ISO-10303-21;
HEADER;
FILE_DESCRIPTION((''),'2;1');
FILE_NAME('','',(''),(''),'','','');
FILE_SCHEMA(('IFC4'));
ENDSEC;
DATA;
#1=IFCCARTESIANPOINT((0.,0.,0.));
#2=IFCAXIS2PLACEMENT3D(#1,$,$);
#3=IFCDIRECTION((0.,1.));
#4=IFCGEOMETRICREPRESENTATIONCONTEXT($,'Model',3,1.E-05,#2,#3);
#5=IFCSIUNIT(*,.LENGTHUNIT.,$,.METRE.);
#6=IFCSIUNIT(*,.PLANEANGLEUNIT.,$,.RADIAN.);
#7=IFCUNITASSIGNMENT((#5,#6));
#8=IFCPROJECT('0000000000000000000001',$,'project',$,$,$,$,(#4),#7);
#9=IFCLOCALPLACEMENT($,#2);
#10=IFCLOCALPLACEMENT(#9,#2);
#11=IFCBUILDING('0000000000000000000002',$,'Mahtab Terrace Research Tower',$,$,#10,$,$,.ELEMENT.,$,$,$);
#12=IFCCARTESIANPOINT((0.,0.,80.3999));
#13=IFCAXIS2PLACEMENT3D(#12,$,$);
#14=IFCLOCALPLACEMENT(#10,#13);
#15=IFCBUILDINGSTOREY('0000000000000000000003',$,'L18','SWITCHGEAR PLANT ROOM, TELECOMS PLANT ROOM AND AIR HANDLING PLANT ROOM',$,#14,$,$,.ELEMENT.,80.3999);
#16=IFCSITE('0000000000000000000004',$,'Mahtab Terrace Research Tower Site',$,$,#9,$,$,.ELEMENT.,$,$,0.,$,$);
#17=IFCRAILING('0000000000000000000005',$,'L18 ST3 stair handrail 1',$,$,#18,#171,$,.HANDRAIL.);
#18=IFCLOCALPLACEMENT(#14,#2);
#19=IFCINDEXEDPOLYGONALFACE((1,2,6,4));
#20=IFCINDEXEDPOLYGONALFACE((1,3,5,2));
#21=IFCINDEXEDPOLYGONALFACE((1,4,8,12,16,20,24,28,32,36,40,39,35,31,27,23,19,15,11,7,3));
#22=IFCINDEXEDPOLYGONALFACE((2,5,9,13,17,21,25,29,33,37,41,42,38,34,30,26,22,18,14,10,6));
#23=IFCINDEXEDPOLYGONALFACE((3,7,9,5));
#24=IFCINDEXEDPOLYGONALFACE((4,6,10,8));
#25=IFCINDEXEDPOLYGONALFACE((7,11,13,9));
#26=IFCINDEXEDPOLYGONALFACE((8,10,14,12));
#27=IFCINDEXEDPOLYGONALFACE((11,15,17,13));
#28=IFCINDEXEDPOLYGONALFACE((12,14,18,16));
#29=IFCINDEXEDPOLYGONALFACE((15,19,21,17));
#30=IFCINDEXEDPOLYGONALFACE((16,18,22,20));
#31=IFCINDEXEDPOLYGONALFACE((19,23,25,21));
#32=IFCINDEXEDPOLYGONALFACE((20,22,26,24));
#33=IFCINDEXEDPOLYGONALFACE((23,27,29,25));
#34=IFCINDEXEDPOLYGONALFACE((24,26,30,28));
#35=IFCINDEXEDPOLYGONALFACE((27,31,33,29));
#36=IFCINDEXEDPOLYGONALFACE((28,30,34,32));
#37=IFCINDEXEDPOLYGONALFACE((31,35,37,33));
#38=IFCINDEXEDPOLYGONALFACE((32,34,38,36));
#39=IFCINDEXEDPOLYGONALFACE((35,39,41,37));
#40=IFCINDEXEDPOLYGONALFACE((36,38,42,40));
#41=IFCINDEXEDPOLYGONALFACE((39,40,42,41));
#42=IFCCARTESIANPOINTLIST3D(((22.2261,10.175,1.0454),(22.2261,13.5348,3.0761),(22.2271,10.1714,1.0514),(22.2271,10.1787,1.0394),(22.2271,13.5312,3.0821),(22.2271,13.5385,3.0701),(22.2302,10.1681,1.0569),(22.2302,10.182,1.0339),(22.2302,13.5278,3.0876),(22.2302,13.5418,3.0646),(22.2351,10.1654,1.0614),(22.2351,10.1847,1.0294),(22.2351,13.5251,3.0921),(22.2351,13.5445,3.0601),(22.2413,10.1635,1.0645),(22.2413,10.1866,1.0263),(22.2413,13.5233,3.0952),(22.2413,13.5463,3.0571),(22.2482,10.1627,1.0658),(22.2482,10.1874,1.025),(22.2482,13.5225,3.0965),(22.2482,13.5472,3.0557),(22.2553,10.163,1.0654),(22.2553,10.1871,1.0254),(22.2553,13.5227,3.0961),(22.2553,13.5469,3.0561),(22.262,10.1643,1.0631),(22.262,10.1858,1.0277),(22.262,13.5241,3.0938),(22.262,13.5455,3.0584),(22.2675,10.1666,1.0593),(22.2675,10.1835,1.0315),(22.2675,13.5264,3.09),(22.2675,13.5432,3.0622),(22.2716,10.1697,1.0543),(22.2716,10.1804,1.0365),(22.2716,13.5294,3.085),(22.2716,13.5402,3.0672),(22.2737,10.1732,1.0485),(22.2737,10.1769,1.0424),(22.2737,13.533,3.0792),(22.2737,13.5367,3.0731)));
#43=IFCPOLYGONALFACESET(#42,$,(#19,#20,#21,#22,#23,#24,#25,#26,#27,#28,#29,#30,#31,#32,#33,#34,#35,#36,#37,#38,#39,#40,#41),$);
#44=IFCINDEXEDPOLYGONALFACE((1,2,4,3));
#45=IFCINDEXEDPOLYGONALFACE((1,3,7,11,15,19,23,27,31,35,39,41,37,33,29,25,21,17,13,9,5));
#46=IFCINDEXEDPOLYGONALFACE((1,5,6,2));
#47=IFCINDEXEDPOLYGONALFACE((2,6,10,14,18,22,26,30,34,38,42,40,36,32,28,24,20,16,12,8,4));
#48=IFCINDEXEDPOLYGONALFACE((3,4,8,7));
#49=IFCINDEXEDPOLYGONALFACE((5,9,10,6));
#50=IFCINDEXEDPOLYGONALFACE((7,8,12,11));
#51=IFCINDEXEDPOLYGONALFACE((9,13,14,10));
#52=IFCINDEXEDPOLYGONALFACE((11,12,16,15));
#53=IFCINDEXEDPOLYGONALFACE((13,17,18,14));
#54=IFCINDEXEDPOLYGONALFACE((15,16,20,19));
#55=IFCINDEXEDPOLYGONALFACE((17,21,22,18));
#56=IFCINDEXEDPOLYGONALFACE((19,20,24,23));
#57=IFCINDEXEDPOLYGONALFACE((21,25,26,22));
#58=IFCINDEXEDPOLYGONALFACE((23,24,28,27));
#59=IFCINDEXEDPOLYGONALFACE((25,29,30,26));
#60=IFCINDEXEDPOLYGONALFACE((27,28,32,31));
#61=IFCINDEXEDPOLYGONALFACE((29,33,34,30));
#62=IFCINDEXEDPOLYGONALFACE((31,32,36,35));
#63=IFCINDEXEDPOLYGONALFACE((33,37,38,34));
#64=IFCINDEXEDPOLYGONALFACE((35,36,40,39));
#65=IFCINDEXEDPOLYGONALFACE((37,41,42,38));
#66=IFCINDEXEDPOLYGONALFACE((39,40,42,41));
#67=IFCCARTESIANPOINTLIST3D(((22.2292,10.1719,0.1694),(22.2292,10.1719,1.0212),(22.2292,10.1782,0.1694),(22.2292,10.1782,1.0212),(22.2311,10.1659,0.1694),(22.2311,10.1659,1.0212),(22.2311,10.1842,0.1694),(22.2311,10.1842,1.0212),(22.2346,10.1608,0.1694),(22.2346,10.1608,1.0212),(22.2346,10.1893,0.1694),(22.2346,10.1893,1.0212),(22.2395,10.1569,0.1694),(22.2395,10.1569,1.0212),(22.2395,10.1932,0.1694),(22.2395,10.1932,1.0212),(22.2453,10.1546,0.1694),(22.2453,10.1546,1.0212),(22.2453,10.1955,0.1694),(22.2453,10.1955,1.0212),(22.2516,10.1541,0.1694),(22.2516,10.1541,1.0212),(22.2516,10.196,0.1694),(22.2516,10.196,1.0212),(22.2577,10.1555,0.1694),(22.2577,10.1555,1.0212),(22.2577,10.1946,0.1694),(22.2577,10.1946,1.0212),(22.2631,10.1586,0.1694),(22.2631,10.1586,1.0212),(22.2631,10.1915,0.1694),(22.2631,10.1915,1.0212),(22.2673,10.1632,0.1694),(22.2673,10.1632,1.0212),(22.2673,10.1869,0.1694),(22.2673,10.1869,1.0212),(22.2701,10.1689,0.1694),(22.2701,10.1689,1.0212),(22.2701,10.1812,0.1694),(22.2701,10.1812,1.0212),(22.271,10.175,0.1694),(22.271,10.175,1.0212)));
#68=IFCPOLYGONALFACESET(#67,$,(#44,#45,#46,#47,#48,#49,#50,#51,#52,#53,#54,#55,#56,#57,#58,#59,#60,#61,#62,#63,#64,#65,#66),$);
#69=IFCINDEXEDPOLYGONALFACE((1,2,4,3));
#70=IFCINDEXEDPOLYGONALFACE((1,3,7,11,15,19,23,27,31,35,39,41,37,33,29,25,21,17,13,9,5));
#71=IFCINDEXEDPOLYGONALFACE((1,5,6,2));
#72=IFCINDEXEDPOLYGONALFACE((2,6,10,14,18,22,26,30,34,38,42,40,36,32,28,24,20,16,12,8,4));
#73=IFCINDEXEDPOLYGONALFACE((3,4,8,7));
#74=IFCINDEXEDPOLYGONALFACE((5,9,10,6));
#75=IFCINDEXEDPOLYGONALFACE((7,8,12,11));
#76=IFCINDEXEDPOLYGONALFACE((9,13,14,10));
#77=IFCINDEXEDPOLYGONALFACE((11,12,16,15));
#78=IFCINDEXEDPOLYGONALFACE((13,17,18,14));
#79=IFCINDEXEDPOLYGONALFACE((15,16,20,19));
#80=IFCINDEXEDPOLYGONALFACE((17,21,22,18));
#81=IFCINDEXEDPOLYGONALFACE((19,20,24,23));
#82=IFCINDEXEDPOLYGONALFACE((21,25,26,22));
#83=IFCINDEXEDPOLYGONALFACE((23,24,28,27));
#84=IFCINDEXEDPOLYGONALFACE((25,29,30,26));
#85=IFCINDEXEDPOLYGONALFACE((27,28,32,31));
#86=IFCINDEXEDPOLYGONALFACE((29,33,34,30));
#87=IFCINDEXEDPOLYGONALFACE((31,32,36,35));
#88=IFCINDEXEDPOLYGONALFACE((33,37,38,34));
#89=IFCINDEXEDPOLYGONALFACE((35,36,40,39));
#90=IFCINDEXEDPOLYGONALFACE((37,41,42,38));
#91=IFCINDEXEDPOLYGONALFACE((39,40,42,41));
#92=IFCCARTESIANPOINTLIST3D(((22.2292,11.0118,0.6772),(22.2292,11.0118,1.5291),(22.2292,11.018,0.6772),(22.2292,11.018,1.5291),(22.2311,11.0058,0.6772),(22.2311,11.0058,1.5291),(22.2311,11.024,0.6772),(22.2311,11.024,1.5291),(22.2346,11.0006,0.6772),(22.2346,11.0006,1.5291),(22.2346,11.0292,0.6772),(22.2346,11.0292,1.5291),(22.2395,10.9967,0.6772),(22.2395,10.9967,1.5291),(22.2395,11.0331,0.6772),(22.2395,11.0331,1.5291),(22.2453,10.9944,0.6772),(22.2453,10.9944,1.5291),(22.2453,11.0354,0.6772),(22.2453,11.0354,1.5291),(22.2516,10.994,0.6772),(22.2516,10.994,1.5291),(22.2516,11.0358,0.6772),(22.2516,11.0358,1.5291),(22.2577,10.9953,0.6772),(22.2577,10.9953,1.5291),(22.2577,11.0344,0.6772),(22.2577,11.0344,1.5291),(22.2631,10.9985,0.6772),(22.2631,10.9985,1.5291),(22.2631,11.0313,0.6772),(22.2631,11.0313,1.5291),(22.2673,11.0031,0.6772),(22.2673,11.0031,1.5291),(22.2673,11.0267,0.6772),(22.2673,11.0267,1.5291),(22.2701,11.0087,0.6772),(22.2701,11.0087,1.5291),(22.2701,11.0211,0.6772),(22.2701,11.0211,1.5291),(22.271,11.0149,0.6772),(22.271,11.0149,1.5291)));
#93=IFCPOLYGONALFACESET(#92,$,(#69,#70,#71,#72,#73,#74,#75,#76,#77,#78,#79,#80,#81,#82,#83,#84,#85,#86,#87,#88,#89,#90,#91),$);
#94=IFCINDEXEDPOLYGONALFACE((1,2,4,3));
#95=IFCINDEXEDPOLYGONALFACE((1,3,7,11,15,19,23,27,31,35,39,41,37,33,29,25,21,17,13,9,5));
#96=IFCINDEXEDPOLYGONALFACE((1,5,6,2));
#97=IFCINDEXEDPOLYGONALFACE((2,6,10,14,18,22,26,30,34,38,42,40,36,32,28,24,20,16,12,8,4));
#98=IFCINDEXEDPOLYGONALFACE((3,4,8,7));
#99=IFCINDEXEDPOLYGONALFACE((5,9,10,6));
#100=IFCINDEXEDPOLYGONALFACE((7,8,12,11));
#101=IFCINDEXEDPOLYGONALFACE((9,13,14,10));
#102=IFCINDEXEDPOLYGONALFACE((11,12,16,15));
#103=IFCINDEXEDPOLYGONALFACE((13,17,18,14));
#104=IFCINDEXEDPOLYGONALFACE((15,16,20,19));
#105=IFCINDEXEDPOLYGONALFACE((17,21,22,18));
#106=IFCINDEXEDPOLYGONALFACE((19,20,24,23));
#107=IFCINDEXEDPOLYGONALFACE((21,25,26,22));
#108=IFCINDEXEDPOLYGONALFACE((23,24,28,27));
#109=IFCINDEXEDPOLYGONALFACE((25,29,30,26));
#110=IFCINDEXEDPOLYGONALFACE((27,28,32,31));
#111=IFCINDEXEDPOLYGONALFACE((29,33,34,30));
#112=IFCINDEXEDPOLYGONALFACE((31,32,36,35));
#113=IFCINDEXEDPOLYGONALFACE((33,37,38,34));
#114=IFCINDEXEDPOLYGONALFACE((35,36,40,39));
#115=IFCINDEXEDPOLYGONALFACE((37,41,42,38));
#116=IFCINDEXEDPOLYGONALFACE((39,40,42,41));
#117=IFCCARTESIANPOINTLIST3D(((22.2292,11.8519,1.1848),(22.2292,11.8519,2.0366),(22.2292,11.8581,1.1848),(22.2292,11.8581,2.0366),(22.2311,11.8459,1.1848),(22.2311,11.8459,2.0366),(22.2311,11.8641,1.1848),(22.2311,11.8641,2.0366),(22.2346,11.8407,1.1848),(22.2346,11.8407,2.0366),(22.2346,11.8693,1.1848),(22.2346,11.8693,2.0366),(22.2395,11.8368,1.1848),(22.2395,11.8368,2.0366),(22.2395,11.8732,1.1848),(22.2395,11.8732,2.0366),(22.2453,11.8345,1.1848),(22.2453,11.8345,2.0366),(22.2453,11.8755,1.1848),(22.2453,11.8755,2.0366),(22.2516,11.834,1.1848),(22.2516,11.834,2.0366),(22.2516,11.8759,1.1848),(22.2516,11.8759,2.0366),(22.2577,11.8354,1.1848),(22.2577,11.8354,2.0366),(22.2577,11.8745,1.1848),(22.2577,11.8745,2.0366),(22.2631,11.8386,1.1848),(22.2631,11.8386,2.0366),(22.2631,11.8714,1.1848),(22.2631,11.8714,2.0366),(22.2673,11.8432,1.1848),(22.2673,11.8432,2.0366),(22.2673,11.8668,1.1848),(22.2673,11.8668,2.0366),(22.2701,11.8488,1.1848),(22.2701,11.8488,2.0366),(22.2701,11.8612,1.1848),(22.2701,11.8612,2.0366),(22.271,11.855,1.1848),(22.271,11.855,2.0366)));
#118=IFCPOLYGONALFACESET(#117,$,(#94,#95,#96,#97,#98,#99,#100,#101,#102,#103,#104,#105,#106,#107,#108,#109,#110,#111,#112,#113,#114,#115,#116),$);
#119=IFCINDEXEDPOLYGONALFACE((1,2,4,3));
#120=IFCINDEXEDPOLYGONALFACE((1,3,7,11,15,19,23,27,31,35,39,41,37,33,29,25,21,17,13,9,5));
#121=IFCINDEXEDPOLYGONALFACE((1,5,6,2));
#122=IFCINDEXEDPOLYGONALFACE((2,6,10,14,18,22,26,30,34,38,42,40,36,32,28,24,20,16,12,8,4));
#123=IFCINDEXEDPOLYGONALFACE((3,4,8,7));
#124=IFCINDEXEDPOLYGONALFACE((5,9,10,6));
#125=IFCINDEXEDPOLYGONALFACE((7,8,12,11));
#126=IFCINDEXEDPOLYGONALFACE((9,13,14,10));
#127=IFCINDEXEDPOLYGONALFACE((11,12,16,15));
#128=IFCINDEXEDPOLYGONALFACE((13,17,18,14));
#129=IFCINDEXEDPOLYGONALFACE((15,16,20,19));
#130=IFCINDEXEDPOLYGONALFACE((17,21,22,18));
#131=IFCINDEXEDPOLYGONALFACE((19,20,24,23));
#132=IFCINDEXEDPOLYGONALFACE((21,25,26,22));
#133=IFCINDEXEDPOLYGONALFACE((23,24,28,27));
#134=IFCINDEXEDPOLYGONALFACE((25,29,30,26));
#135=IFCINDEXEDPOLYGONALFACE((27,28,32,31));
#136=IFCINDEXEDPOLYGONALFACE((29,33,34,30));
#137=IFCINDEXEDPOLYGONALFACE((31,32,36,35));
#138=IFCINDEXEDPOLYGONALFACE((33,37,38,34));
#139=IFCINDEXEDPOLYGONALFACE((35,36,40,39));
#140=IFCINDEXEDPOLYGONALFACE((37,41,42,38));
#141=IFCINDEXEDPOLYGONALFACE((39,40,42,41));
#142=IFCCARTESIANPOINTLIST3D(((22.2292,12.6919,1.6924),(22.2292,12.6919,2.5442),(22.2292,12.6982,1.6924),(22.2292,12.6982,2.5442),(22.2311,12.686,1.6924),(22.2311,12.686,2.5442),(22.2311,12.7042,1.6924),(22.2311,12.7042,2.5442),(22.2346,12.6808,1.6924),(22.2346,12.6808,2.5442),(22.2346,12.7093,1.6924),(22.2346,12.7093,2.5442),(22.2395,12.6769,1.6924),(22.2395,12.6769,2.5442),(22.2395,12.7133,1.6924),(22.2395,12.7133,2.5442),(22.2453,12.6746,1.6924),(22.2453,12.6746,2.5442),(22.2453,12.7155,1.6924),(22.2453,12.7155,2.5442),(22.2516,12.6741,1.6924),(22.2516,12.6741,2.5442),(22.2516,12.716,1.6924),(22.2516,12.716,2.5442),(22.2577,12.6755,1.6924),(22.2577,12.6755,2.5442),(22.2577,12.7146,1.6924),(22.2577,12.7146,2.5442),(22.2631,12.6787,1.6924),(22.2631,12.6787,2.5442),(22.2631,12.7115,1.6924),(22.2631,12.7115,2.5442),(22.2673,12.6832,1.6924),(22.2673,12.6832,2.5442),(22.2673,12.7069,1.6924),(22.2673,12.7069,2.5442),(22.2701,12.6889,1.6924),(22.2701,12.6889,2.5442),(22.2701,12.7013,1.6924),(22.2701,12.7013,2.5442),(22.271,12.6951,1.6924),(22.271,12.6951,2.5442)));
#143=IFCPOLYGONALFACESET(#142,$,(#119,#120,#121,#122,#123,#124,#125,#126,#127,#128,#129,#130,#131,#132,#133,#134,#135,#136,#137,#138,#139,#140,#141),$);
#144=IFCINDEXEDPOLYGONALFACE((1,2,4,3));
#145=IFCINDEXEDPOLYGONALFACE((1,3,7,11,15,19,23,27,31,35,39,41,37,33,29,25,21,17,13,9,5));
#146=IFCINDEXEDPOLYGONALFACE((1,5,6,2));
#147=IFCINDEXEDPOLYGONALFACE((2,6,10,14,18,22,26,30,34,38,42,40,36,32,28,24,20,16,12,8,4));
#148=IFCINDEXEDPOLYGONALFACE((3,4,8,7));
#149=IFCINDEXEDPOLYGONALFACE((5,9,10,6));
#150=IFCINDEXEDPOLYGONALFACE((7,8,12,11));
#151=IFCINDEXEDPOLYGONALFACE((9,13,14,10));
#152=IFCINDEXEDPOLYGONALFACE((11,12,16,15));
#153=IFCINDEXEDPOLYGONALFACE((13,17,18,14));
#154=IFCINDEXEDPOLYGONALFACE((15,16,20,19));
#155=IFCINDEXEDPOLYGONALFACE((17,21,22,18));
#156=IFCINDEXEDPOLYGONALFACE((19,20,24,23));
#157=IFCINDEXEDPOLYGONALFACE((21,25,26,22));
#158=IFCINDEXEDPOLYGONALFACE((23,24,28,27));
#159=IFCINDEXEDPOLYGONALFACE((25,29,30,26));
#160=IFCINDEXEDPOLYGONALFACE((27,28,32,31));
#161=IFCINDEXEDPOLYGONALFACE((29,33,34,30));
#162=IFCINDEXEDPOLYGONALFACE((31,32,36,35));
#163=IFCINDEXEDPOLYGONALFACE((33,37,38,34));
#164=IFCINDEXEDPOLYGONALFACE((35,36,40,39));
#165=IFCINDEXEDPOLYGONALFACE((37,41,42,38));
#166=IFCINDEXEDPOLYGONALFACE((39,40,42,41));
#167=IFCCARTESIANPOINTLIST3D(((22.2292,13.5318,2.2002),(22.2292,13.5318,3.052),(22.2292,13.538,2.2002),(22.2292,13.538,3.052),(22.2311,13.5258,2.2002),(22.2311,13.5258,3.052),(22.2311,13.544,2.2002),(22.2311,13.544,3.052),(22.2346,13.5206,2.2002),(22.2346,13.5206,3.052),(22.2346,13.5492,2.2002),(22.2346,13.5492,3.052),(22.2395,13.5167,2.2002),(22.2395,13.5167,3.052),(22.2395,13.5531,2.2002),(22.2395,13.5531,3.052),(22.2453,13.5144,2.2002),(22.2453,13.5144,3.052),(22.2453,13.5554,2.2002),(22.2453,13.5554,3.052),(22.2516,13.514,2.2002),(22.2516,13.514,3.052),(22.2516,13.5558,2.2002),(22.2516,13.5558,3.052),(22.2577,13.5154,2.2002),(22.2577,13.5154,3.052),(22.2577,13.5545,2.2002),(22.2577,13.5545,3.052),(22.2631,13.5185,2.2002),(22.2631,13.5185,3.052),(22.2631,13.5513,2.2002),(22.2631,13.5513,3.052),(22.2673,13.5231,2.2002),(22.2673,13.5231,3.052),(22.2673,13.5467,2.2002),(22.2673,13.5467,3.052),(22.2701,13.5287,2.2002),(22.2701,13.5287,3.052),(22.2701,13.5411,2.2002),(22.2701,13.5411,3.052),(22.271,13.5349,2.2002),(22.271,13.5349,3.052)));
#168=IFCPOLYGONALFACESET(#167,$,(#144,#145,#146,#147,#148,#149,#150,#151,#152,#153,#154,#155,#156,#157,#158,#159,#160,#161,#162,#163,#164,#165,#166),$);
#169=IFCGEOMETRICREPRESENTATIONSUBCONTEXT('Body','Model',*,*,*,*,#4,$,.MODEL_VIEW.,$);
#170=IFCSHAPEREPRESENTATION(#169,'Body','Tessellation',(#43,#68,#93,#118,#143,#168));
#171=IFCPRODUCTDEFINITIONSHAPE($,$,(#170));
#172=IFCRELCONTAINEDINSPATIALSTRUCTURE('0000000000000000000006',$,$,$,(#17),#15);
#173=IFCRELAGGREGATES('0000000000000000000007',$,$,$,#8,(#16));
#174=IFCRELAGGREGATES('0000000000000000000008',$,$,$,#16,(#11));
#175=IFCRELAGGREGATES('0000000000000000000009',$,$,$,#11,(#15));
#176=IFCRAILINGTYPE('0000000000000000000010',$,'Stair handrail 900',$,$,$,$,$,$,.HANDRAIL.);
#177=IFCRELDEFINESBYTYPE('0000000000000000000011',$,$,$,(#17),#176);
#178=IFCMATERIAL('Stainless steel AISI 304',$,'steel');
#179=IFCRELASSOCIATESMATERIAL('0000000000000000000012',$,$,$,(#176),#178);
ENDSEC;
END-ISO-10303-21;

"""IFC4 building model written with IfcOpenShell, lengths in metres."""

from ifc_helpers import new_model, si_unit, direction, frame, origin, origin_2d, place, context, subcontext, project, spatial, circle, extrude, material, type_object, element, save


model = new_model("IFC4")

# Units and contexts
model_context = context("Model", 3, precision=1e-05, world=origin(), true_north=direction((0.0, 1.0)))
body_context = subcontext(model_context, "Body", "Model", "MODEL_VIEW")
ifc_project = project(units=[si_unit("LENGTHUNIT", "METRE"), si_unit("PLANEANGLEUNIT", "RADIAN")], contexts=[model_context])

# Site, building, storey
site_placement = place(None, origin())
site = spatial("IfcSite", under=ifc_project, at=site_placement, Name="Mahtab Terrace Research Tower Site", CompositionType="ELEMENT", RefElevation=0.0)
building_placement = place(site_placement, origin())
building = spatial("IfcBuilding", under=site, at=building_placement, Name="Mahtab Terrace Research Tower", CompositionType="ELEMENT")
storey_placement = place(building_placement, frame((0.0, 0.0, 80.3999)))
storey = spatial("IfcBuildingStorey", under=building, at=storey_placement, Name="L18", Description="SWITCHGEAR PLANT ROOM, TELECOMS PLANT ROOM AND AIR HANDLING PLANT ROOM", CompositionType="ELEMENT", Elevation=80.3999)

# Shared definitions
ifc_material_1 = material(Name="Stainless steel AISI 304", Category="steel")

# Railing
railing_type_1 = type_object("IfcRailingType", Name="Stair handrail 900", PredefinedType="HANDRAIL", material=ifc_material_1)
railing_1_placement = place(storey_placement, frame((22.25, 10.175, 0.1694)))
element("IfcRailing", 1, at=railing_1_placement, inside=storey, type_object=railing_type_1, Name="L18 ST3 stair handrail 1", PredefinedType="HANDRAIL", context=body_context, shape_type="SweptSolid", body=[
    extrude(circle(Radius=0.0239, at=origin_2d()), frame((0.0, 0.0, 0.876), z_axis=(0.0, 0.85582, 0.517273), x_axis=(-1.0, 0.0, 0.0)), (0.0, 0.0, 1.0), 3.9258),
    extrude(circle(Radius=0.021, at=origin_2d()), origin(), (0.0, 0.0, 1.0), 0.8518),
    extrude(circle(Radius=0.021, at=origin_2d()), frame((0.0, 0.8398, 0.5078)), (0.0, 0.0, 1.0), 0.8518),
    extrude(circle(Radius=0.021, at=origin_2d()), frame((0.0, 1.6799, 1.0154)), (0.0, 0.0, 1.0), 0.8518),
    extrude(circle(Radius=0.021, at=origin_2d()), frame((0.0, 2.52, 1.5229)), (0.0, 0.0, 1.0), 0.8518),
    extrude(circle(Radius=0.021, at=origin_2d()), frame((0.0, 3.3599, 2.0308)), (0.0, 0.0, 1.0), 0.8518),
])

save(model, "model.ifc")
